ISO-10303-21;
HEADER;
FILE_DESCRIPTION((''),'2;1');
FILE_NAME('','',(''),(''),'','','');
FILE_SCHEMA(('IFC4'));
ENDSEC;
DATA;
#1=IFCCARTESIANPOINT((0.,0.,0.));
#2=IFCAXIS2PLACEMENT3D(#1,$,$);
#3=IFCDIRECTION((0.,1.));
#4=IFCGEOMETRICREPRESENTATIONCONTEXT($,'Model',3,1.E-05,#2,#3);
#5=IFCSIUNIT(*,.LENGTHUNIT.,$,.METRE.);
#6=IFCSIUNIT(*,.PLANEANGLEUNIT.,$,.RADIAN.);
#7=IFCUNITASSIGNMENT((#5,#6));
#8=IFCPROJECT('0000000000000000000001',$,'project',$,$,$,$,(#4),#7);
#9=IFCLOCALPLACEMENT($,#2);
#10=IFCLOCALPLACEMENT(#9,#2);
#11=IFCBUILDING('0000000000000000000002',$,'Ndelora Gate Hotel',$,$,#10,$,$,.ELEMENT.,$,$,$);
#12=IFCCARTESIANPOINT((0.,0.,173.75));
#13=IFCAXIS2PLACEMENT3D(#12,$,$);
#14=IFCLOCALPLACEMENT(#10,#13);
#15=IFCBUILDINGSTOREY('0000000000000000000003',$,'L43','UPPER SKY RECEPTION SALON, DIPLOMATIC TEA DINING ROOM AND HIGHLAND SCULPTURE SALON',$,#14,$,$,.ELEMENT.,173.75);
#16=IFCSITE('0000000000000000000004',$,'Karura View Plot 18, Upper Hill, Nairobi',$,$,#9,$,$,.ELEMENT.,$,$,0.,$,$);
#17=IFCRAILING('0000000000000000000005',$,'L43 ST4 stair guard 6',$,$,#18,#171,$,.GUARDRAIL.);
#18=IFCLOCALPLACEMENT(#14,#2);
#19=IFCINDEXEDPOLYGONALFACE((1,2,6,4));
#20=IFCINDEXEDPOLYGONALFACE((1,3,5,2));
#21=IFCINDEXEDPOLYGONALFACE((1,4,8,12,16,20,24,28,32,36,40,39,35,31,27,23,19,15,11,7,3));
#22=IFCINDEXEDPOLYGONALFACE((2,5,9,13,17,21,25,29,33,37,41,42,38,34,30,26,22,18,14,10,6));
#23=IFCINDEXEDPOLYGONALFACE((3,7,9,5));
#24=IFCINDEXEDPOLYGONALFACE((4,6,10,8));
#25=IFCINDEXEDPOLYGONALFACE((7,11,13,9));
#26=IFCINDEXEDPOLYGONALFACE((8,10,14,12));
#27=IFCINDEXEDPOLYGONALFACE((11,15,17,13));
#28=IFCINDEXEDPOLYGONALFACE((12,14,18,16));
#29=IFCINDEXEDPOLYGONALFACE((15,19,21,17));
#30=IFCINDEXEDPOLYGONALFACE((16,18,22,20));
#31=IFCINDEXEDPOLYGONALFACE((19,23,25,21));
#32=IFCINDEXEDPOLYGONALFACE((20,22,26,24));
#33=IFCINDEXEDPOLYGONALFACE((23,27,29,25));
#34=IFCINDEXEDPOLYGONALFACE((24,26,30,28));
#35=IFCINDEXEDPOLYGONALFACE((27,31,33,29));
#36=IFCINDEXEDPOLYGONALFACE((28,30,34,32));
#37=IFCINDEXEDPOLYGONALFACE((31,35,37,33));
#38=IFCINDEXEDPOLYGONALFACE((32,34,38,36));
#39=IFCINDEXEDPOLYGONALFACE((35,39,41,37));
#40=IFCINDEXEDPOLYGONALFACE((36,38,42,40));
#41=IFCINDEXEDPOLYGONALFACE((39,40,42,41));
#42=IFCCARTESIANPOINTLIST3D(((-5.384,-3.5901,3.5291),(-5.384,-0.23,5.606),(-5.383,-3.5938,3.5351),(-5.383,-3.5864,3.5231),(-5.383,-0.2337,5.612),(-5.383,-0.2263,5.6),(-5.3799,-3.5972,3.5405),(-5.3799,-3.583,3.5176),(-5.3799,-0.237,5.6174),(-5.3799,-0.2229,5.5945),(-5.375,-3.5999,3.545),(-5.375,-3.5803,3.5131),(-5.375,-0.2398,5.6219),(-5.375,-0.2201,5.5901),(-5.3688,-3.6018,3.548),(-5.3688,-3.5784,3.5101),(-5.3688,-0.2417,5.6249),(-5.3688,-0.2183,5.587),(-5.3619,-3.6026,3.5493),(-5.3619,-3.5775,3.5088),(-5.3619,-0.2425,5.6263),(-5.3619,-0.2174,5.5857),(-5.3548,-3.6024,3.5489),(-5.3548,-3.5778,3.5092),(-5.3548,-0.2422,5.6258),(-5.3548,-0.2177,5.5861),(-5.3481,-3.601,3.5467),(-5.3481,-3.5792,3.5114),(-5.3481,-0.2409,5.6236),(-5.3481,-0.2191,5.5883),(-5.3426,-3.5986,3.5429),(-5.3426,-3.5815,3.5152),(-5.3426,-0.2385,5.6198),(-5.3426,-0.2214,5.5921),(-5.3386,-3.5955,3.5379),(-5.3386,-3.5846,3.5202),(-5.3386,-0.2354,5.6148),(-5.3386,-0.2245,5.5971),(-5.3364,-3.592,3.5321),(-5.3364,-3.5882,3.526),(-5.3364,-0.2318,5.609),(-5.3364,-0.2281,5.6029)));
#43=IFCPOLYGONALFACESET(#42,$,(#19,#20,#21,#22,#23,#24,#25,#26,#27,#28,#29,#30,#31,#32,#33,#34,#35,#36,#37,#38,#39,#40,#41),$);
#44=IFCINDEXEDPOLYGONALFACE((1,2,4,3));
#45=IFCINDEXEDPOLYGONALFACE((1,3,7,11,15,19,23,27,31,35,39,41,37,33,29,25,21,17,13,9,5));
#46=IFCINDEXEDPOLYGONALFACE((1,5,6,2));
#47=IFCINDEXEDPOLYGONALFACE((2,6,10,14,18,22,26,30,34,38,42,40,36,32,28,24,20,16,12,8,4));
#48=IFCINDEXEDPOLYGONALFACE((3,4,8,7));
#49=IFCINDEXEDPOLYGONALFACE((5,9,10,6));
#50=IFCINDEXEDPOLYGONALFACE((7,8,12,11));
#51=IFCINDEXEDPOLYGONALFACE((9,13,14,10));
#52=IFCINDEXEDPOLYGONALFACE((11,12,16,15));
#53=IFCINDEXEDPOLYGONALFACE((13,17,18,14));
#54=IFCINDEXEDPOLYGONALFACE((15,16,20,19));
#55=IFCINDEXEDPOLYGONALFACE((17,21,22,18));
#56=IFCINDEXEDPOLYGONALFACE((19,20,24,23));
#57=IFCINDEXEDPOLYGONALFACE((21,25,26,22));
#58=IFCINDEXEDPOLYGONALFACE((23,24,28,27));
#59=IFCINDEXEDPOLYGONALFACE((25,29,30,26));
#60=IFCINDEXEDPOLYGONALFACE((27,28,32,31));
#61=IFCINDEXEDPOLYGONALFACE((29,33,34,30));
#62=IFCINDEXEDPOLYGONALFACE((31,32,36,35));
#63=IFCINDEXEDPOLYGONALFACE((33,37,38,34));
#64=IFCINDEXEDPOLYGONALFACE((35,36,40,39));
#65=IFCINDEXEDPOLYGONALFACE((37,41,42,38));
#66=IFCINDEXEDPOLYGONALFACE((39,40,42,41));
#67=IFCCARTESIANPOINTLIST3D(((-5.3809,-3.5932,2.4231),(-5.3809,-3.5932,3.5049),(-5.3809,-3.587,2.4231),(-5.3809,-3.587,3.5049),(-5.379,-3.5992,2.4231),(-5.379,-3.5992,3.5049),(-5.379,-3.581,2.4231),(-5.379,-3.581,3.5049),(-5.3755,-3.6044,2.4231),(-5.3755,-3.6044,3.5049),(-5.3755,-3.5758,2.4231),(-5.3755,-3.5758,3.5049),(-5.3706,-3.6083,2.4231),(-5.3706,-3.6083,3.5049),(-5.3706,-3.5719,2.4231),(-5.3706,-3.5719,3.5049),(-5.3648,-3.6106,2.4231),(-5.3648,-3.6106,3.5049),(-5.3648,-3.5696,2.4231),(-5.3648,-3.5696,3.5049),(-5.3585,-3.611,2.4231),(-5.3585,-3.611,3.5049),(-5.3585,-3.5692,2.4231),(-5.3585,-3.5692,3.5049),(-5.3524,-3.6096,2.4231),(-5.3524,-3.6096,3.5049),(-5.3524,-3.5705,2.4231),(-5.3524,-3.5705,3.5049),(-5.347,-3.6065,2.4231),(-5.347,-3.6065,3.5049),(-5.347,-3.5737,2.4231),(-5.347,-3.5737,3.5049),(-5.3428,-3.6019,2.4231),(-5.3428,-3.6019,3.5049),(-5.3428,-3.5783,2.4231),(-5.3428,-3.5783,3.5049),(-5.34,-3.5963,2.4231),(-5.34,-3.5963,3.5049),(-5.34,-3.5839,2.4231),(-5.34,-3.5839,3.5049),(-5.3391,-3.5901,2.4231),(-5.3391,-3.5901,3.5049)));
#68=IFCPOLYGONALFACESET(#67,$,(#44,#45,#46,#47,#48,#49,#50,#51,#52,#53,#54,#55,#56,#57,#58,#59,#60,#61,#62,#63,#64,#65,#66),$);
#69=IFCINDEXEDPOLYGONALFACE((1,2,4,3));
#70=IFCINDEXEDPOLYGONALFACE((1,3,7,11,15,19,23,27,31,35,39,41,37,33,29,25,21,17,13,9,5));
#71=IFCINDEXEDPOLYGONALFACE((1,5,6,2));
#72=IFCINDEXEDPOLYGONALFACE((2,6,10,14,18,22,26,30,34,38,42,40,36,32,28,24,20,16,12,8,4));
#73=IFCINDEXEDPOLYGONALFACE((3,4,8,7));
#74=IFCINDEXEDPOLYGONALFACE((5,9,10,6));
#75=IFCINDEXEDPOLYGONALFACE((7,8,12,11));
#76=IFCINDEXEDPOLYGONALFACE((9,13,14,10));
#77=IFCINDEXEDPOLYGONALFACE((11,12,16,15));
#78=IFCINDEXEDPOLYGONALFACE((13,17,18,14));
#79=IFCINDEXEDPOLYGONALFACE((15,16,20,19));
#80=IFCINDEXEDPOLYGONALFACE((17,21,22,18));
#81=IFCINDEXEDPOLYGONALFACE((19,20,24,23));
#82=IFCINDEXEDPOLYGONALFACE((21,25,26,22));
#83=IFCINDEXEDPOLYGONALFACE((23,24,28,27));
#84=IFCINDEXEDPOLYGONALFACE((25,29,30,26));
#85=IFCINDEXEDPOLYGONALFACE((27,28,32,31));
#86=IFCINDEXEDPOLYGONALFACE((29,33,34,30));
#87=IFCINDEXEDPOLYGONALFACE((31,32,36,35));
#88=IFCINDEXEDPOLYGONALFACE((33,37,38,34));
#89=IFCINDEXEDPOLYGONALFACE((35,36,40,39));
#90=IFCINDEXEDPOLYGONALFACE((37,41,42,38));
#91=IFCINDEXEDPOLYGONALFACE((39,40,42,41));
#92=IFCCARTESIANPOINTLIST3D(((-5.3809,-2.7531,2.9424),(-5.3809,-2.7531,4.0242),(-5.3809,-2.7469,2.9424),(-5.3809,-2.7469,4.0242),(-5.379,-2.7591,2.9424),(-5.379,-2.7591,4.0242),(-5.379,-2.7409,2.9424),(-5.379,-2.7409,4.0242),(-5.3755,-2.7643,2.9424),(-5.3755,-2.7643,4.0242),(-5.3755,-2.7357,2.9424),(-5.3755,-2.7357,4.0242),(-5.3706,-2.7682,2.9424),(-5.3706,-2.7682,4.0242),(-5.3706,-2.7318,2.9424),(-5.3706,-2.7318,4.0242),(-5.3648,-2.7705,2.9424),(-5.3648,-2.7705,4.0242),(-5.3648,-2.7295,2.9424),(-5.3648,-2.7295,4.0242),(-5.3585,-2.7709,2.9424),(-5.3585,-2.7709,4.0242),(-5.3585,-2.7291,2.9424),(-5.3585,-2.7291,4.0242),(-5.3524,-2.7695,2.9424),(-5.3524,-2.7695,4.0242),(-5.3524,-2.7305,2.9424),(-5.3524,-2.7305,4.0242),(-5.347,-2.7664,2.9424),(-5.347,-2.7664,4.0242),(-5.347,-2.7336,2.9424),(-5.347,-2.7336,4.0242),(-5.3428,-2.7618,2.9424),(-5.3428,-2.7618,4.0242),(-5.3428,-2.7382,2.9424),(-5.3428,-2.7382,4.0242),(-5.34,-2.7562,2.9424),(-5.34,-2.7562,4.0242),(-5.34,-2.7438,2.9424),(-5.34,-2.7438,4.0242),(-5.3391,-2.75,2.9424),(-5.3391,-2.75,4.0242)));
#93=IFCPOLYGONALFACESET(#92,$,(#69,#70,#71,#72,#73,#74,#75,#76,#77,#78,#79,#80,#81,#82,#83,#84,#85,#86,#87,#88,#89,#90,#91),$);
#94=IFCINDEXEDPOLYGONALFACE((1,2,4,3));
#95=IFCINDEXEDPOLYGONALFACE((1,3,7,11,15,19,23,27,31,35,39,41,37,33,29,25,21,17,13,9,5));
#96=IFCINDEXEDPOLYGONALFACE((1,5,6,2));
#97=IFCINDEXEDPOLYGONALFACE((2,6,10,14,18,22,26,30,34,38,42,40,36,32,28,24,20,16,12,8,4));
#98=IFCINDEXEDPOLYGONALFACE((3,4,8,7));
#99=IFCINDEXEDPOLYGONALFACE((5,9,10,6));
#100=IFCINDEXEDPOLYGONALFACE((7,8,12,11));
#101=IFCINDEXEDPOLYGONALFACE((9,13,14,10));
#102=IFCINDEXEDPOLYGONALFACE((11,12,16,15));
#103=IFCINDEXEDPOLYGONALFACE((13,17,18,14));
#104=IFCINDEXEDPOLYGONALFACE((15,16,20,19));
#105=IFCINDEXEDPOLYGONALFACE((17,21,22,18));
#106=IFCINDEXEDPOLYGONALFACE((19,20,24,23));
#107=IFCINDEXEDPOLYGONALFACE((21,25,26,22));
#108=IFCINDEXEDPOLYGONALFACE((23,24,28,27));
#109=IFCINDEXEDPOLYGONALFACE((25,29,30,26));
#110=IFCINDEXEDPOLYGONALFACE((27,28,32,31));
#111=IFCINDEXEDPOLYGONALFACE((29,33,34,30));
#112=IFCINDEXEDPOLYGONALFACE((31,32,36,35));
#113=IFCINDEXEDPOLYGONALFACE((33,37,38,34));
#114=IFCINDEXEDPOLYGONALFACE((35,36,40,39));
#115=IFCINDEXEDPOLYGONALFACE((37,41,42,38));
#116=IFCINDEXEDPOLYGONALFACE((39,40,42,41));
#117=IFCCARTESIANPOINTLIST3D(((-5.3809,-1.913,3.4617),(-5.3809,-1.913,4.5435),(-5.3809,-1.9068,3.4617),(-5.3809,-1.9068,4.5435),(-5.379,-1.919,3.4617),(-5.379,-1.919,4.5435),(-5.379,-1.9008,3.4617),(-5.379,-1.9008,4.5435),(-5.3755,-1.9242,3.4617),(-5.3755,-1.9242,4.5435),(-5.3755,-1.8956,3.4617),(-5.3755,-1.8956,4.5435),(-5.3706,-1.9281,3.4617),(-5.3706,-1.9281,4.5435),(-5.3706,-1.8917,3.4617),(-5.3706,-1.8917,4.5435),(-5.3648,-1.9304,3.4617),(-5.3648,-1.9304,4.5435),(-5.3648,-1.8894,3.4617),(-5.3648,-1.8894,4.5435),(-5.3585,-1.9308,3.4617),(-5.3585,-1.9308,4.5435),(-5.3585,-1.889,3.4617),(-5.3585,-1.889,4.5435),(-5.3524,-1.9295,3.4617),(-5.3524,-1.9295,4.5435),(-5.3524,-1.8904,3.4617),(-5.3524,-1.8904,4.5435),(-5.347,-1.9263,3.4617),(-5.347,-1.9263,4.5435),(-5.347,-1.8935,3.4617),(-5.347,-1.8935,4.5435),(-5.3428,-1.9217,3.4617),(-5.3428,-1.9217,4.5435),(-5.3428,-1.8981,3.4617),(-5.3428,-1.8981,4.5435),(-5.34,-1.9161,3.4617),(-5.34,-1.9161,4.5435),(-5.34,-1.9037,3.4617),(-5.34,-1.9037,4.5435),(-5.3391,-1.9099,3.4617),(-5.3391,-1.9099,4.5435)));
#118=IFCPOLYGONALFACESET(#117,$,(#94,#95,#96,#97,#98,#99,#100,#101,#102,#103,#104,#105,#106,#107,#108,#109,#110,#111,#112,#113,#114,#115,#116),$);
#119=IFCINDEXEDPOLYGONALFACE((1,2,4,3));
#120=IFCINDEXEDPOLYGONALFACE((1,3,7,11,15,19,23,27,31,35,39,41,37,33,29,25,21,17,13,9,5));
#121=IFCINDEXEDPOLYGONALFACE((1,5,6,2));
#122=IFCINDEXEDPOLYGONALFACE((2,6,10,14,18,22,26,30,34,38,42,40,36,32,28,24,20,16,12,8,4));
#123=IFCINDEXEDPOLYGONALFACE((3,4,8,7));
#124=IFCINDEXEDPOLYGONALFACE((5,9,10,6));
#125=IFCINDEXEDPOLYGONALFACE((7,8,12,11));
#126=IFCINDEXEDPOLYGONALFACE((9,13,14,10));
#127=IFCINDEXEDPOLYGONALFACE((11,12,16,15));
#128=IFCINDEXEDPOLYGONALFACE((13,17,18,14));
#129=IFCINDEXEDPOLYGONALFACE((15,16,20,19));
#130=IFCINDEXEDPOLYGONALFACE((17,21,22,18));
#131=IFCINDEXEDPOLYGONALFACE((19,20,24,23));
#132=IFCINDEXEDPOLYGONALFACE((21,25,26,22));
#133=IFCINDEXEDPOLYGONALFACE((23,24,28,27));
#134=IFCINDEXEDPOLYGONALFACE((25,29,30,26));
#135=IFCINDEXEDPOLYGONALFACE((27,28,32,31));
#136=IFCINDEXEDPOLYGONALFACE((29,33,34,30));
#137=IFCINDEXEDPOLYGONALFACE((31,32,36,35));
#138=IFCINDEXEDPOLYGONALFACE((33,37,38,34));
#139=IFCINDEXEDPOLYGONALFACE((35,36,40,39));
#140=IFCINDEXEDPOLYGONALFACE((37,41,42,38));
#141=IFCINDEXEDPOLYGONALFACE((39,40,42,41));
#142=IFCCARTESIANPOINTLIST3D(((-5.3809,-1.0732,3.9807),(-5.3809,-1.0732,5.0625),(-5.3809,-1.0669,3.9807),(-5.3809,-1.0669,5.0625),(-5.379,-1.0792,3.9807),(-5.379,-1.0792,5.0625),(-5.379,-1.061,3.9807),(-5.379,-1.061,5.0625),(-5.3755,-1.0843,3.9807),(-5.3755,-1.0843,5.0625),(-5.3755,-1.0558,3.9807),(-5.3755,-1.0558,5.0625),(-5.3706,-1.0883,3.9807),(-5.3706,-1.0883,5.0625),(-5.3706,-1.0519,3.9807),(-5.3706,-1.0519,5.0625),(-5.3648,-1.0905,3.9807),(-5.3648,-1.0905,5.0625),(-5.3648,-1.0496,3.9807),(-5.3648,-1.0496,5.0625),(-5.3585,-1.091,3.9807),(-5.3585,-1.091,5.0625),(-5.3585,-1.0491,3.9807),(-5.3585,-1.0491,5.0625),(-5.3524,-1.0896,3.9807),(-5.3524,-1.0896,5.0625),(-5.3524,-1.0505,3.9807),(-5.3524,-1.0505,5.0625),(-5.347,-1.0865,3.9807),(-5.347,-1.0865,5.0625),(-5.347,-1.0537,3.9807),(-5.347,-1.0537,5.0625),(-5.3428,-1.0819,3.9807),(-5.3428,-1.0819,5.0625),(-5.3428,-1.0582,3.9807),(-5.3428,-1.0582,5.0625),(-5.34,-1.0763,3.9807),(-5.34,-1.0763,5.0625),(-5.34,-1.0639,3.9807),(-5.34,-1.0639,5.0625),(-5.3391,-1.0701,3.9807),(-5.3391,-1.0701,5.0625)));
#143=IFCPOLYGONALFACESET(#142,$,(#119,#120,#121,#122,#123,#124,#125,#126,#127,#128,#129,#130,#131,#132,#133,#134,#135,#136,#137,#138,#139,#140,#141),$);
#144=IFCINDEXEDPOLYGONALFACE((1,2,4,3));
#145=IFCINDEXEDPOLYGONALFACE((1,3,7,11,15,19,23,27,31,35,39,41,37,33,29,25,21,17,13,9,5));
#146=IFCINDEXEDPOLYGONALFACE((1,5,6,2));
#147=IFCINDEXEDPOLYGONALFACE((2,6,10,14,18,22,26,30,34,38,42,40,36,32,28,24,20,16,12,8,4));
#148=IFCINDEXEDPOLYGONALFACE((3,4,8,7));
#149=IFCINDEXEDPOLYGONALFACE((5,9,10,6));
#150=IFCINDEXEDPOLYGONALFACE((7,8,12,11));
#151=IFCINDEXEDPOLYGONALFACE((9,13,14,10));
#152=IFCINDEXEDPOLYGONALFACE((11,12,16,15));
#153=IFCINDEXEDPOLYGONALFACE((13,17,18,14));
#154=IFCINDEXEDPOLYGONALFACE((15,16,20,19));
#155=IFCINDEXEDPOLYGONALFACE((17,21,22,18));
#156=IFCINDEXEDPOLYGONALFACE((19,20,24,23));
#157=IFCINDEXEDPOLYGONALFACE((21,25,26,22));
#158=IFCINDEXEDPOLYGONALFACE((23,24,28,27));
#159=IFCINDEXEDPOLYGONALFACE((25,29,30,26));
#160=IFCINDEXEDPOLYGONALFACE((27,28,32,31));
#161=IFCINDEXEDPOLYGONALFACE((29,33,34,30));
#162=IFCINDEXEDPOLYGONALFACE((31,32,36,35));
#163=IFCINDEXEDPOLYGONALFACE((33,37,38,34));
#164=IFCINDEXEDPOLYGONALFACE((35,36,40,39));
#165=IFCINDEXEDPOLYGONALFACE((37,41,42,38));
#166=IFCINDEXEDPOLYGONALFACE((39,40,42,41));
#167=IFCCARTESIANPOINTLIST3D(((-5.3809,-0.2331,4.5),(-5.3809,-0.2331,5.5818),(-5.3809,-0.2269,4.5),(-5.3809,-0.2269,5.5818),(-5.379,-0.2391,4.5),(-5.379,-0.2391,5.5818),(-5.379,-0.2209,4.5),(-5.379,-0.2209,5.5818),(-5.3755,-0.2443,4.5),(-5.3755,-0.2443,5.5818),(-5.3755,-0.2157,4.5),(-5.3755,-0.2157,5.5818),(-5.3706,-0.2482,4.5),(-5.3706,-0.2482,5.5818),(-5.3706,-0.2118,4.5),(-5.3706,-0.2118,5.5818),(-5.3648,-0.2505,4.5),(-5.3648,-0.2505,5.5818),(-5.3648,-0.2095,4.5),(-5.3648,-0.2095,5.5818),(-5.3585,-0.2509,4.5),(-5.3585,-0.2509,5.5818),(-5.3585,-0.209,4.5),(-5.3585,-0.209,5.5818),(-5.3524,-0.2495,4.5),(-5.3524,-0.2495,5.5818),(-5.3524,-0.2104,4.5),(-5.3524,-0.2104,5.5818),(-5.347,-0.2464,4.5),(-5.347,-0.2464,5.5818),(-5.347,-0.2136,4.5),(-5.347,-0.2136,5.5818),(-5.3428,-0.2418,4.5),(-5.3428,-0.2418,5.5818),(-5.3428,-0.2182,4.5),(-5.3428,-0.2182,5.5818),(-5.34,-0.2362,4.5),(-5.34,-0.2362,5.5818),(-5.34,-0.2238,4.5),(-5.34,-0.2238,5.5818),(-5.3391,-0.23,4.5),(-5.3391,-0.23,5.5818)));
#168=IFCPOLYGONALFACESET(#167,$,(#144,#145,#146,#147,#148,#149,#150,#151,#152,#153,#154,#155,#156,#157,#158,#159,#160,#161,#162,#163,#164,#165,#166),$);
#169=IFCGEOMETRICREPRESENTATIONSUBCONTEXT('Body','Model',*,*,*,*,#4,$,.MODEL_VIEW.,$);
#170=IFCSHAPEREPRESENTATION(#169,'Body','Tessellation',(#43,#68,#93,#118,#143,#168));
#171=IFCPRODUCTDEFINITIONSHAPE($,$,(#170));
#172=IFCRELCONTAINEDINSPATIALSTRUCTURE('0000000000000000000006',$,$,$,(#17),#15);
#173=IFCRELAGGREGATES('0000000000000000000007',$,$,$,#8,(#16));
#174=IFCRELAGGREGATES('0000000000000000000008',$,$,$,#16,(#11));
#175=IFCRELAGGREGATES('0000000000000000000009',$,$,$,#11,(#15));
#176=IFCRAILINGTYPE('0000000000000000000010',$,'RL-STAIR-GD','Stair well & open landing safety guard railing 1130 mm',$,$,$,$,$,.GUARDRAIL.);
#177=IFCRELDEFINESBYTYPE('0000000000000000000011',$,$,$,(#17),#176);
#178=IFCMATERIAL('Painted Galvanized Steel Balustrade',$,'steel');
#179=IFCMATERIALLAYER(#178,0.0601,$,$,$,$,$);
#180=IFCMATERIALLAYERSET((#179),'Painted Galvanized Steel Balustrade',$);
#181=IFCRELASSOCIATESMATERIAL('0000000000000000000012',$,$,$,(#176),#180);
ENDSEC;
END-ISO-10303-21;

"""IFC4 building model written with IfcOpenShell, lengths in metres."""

from ifc_helpers import new_model, si_unit, direction, frame, origin, origin_2d, place, context, subcontext, project, spatial, circle, extrude, material, layer, layer_set, type_object, element, save


model = new_model("IFC4")

# Units and contexts
model_context = context("Model", 3, precision=1e-05, world=origin(), true_north=direction((0.0, 1.0)))
body_context = subcontext(model_context, "Body", "Model", "MODEL_VIEW")
ifc_project = project(units=[si_unit("LENGTHUNIT", "METRE"), si_unit("PLANEANGLEUNIT", "RADIAN")], contexts=[model_context])

# Site, building, storey
site_placement = place(None, origin())
site = spatial("IfcSite", under=ifc_project, at=site_placement, Name="Karura View Plot 18, Upper Hill, Nairobi", CompositionType="ELEMENT", RefElevation=0.0)
building_placement = place(site_placement, origin())
building = spatial("IfcBuilding", under=site, at=building_placement, Name="Ndelora Gate Hotel", CompositionType="ELEMENT")
storey_placement = place(building_placement, frame((0.0, 0.0, 173.75)))
storey = spatial("IfcBuildingStorey", under=building, at=storey_placement, Name="L43", Description="UPPER SKY RECEPTION SALON, DIPLOMATIC TEA DINING ROOM AND HIGHLAND SCULPTURE SALON", CompositionType="ELEMENT", Elevation=173.75)

# Railing
ifc_material_1 = material(Name="Painted Galvanized Steel Balustrade", Category="steel")
ifc_layer_1 = layer(ifc_material_1, 0.0601)
ifc_layer_set_1 = layer_set([ifc_layer_1], Name="Painted Galvanized Steel Balustrade")
railing_type_1 = type_object("IfcRailingType", Name="RL-STAIR-GD", Description="Stair well & open landing safety guard railing 1130 mm", PredefinedType="GUARDRAIL", material=ifc_layer_set_1)
railing_1_placement = place(storey_placement, frame((-5.3601, -3.5901, 2.4231)))
element("IfcRailing", 1, at=railing_1_placement, inside=storey, type_object=railing_type_1, Name="L43 ST4 stair guard 6", PredefinedType="GUARDRAIL", context=body_context, shape_type="SweptSolid", body=[
    extrude(circle(Radius=0.0239, at=origin_2d()), frame((0.0, 0.0, 1.106), z_axis=(0.0, 0.850623, 0.525776), x_axis=(-1.0, 0.0, 0.0)), (0.0, 0.0, 1.0), 3.9502),
    extrude(circle(Radius=0.021, at=origin_2d()), origin(), (0.0, 0.0, 1.0), 1.0818),
    extrude(circle(Radius=0.021, at=origin_2d()), frame((0.0, 0.8401, 0.5193)), (0.0, 0.0, 1.0), 1.0818),
    extrude(circle(Radius=0.021, at=origin_2d()), frame((0.0, 1.6802, 1.0386)), (0.0, 0.0, 1.0), 1.0818),
    extrude(circle(Radius=0.021, at=origin_2d()), frame((0.0, 2.52, 1.5576)), (0.0, 0.0, 1.0), 1.0818),
    extrude(circle(Radius=0.021, at=origin_2d()), frame((0.0, 3.3601, 2.0769)), (0.0, 0.0, 1.0), 1.0818),
])

save(model, "model.ifc")
